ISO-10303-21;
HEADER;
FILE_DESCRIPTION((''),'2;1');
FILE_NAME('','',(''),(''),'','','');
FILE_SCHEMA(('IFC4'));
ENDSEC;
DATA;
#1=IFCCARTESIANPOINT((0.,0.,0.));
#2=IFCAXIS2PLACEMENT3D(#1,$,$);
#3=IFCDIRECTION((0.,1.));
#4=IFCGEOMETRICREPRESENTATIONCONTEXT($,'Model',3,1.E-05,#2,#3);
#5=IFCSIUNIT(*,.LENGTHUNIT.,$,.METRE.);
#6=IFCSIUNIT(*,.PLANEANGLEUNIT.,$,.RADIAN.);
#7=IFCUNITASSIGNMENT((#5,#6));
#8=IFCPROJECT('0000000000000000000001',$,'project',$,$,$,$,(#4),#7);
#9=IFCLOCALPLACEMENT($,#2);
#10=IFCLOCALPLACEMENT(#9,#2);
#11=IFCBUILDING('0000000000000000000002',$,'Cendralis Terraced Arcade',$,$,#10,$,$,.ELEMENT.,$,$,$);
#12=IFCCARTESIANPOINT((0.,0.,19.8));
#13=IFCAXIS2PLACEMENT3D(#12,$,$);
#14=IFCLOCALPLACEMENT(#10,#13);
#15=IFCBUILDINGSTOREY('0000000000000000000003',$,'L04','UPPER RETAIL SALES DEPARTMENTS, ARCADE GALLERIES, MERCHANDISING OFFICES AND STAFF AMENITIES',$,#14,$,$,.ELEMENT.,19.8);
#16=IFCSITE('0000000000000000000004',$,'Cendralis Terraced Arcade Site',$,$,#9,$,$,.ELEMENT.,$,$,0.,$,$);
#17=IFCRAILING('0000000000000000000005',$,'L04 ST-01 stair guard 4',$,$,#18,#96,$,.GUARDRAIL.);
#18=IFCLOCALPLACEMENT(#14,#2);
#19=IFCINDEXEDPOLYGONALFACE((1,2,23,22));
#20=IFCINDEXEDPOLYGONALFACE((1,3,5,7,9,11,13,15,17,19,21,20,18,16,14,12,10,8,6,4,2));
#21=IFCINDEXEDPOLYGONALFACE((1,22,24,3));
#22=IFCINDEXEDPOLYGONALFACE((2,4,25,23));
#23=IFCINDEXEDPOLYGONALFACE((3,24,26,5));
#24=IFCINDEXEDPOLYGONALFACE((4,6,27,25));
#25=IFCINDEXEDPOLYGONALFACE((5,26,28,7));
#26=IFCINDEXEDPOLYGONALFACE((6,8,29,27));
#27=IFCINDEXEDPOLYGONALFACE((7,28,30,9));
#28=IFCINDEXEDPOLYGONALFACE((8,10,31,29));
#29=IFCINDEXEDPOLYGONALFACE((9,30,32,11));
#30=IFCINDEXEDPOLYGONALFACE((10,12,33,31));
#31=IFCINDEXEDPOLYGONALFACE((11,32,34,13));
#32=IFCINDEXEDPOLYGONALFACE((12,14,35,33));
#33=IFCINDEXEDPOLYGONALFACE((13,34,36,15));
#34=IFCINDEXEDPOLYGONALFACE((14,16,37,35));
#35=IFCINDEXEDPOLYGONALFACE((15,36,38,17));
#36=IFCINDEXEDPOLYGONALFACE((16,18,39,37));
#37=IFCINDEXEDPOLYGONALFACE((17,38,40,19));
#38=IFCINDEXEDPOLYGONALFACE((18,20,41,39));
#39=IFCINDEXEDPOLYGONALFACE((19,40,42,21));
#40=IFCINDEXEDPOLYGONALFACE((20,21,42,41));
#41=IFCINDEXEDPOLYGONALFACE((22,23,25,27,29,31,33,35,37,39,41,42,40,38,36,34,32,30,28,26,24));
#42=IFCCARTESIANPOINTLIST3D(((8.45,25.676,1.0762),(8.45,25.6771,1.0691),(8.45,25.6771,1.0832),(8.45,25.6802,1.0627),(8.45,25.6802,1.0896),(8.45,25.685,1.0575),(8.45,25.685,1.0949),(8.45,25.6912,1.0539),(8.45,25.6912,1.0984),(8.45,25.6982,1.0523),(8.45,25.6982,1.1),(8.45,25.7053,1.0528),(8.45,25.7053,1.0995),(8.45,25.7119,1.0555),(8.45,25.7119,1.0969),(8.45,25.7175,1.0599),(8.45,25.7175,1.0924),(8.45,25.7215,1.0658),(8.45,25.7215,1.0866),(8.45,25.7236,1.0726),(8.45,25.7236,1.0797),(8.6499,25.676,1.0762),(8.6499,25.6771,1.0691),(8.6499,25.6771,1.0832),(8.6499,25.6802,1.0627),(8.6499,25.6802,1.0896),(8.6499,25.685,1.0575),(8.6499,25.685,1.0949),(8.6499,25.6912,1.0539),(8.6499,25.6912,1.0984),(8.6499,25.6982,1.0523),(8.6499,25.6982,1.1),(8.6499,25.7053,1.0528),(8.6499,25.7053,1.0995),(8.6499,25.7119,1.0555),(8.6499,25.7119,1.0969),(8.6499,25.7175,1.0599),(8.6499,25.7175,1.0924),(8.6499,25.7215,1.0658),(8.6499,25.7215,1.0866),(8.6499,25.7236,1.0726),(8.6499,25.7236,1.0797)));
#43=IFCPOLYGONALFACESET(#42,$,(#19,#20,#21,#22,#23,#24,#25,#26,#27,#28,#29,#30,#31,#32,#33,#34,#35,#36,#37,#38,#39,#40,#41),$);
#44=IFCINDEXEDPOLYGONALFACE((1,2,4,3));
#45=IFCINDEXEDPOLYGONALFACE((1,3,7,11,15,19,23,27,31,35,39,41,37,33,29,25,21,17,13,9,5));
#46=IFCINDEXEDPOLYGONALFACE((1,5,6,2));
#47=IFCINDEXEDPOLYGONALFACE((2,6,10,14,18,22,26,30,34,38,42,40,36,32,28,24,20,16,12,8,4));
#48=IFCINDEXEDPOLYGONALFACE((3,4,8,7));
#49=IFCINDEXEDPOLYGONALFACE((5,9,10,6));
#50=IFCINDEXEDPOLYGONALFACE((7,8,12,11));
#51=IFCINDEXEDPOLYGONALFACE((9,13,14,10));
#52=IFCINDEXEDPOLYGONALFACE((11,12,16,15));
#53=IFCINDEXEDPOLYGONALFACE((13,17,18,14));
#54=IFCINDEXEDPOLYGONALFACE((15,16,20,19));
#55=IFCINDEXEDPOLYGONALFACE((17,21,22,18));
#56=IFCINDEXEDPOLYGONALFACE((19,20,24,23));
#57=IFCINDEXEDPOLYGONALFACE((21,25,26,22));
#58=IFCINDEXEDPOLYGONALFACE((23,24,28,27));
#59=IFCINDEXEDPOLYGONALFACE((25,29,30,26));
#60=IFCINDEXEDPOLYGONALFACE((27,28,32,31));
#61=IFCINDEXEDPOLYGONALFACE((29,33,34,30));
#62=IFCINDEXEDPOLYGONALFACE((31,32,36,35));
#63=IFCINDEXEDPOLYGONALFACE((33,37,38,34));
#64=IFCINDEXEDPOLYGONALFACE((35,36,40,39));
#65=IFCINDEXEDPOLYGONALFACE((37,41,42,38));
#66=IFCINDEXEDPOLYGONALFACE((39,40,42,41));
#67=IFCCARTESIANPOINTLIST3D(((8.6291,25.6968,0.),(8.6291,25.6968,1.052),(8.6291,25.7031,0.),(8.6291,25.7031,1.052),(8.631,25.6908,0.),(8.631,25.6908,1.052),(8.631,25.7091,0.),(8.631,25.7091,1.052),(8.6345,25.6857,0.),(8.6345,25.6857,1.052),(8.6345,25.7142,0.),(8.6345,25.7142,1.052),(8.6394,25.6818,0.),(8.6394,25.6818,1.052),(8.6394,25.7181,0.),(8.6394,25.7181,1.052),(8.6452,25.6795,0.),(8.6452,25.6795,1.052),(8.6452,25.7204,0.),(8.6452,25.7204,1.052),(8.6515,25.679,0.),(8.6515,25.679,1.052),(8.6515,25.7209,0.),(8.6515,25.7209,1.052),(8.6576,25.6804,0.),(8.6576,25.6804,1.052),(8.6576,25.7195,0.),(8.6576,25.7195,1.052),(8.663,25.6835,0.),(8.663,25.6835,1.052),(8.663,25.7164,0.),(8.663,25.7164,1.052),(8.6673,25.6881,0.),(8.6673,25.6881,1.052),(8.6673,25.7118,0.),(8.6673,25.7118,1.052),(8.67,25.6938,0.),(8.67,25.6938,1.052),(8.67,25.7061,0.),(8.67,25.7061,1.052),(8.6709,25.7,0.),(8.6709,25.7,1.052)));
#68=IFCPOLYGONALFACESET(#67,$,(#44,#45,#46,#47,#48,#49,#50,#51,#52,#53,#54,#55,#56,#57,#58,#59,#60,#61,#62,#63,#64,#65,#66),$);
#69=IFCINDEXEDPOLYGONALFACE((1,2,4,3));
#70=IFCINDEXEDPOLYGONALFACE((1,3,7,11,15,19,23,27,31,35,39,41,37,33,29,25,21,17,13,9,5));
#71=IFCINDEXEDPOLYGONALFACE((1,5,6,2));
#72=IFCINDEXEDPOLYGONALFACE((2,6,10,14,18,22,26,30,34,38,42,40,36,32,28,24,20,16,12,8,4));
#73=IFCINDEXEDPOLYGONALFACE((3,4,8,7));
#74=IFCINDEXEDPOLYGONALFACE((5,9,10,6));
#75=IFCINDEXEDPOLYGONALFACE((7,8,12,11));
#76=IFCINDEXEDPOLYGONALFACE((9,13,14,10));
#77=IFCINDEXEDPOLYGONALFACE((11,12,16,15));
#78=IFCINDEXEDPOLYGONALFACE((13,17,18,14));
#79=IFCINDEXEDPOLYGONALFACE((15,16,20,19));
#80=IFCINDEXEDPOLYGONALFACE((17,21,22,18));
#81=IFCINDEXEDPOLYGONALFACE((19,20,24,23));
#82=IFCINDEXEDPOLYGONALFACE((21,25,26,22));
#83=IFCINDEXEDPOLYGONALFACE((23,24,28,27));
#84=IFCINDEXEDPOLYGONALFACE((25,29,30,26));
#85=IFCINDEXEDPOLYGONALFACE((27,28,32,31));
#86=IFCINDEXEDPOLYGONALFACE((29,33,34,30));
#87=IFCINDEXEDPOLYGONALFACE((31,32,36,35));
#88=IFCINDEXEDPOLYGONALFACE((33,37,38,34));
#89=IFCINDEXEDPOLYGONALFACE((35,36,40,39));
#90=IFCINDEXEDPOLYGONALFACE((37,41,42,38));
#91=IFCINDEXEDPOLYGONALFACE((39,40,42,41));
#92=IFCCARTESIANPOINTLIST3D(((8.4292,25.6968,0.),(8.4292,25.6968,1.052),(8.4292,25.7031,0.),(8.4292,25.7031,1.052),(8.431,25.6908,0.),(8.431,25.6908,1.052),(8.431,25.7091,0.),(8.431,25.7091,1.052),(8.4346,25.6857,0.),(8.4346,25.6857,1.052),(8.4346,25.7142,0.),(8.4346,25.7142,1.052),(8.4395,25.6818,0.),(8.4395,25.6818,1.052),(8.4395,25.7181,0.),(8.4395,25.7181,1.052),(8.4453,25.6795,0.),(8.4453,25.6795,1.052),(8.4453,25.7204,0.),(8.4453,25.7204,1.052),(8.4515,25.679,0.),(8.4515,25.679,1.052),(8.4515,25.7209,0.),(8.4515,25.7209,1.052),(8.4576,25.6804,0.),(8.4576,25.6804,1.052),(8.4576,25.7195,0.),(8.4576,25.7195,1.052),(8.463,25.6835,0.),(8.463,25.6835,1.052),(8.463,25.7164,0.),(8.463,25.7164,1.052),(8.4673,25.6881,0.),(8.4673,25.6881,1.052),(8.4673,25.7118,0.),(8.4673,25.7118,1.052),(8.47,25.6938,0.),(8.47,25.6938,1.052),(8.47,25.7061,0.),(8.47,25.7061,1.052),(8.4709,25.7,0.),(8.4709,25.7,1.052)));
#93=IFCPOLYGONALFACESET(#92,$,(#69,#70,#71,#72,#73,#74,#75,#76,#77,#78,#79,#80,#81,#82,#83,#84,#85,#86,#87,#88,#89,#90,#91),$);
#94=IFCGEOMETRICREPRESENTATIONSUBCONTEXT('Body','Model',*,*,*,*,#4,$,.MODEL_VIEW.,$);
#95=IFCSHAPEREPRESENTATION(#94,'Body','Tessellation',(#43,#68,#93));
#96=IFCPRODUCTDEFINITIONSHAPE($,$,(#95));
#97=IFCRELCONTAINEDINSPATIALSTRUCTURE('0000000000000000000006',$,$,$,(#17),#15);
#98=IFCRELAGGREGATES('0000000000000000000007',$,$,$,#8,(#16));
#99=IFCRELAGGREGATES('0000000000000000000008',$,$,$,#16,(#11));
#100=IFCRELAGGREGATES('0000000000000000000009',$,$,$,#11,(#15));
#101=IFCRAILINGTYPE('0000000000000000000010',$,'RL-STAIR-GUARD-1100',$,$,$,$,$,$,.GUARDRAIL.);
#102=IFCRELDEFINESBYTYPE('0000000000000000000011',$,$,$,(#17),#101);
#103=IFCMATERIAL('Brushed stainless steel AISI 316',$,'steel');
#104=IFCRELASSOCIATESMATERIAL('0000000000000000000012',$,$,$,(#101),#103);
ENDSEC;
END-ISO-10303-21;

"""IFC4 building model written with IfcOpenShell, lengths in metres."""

from ifc_helpers import new_model, si_unit, direction, frame, origin, origin_2d, place, context, subcontext, project, spatial, circle, extrude, material, type_object, element, save


model = new_model("IFC4")

# Units and contexts
model_context = context("Model", 3, precision=1e-05, world=origin(), true_north=direction((0.0, 1.0)))
body_context = subcontext(model_context, "Body", "Model", "MODEL_VIEW")
ifc_project = project(units=[si_unit("LENGTHUNIT", "METRE"), si_unit("PLANEANGLEUNIT", "RADIAN")], contexts=[model_context])

# Site, building, storey
site_placement = place(None, origin())
site = spatial("IfcSite", under=ifc_project, at=site_placement, Name="Cendralis Terraced Arcade Site", CompositionType="ELEMENT", RefElevation=0.0)
building_placement = place(site_placement, origin())
building = spatial("IfcBuilding", under=site, at=building_placement, Name="Cendralis Terraced Arcade", CompositionType="ELEMENT")
storey_placement = place(building_placement, frame((0.0, 0.0, 19.8)))
storey = spatial("IfcBuildingStorey", under=building, at=storey_placement, Name="L04", Description="UPPER RETAIL SALES DEPARTMENTS, ARCADE GALLERIES, MERCHANDISING OFFICES AND STAFF AMENITIES", CompositionType="ELEMENT", Elevation=19.8)

# Railing
ifc_material_1 = material(Name="Brushed stainless steel AISI 316", Category="steel")
railing_type = type_object("IfcRailingType", Name="RL-STAIR-GUARD-1100", PredefinedType="GUARDRAIL", material=ifc_material_1)
railing_1_placement = place(storey_placement, frame((8.6499, 25.7, 0.0)))
element("IfcRailing", 1, at=railing_1_placement, inside=storey, type_object=railing_type, Name="L04 ST-01 stair guard 4", PredefinedType="GUARDRAIL", context=body_context, shape_type="SweptSolid", body=[
    extrude(circle(Radius=0.0239, at=origin_2d()), frame((0.0, 0.0, 1.0762), z_axis=(-1.0, 0.0, 0.0), x_axis=(0.0, -1.0, 0.0)), (0.0, 0.0, 1.0), 0.2),
    extrude(circle(Radius=0.021, at=origin_2d()), origin(), (0.0, 0.0, 1.0), 1.052),
    extrude(circle(Radius=0.021, at=origin_2d()), frame((-0.2, 0.0, 0.0)), (0.0, 0.0, 1.0), 1.052),
])

save(model, "model.ifc")
